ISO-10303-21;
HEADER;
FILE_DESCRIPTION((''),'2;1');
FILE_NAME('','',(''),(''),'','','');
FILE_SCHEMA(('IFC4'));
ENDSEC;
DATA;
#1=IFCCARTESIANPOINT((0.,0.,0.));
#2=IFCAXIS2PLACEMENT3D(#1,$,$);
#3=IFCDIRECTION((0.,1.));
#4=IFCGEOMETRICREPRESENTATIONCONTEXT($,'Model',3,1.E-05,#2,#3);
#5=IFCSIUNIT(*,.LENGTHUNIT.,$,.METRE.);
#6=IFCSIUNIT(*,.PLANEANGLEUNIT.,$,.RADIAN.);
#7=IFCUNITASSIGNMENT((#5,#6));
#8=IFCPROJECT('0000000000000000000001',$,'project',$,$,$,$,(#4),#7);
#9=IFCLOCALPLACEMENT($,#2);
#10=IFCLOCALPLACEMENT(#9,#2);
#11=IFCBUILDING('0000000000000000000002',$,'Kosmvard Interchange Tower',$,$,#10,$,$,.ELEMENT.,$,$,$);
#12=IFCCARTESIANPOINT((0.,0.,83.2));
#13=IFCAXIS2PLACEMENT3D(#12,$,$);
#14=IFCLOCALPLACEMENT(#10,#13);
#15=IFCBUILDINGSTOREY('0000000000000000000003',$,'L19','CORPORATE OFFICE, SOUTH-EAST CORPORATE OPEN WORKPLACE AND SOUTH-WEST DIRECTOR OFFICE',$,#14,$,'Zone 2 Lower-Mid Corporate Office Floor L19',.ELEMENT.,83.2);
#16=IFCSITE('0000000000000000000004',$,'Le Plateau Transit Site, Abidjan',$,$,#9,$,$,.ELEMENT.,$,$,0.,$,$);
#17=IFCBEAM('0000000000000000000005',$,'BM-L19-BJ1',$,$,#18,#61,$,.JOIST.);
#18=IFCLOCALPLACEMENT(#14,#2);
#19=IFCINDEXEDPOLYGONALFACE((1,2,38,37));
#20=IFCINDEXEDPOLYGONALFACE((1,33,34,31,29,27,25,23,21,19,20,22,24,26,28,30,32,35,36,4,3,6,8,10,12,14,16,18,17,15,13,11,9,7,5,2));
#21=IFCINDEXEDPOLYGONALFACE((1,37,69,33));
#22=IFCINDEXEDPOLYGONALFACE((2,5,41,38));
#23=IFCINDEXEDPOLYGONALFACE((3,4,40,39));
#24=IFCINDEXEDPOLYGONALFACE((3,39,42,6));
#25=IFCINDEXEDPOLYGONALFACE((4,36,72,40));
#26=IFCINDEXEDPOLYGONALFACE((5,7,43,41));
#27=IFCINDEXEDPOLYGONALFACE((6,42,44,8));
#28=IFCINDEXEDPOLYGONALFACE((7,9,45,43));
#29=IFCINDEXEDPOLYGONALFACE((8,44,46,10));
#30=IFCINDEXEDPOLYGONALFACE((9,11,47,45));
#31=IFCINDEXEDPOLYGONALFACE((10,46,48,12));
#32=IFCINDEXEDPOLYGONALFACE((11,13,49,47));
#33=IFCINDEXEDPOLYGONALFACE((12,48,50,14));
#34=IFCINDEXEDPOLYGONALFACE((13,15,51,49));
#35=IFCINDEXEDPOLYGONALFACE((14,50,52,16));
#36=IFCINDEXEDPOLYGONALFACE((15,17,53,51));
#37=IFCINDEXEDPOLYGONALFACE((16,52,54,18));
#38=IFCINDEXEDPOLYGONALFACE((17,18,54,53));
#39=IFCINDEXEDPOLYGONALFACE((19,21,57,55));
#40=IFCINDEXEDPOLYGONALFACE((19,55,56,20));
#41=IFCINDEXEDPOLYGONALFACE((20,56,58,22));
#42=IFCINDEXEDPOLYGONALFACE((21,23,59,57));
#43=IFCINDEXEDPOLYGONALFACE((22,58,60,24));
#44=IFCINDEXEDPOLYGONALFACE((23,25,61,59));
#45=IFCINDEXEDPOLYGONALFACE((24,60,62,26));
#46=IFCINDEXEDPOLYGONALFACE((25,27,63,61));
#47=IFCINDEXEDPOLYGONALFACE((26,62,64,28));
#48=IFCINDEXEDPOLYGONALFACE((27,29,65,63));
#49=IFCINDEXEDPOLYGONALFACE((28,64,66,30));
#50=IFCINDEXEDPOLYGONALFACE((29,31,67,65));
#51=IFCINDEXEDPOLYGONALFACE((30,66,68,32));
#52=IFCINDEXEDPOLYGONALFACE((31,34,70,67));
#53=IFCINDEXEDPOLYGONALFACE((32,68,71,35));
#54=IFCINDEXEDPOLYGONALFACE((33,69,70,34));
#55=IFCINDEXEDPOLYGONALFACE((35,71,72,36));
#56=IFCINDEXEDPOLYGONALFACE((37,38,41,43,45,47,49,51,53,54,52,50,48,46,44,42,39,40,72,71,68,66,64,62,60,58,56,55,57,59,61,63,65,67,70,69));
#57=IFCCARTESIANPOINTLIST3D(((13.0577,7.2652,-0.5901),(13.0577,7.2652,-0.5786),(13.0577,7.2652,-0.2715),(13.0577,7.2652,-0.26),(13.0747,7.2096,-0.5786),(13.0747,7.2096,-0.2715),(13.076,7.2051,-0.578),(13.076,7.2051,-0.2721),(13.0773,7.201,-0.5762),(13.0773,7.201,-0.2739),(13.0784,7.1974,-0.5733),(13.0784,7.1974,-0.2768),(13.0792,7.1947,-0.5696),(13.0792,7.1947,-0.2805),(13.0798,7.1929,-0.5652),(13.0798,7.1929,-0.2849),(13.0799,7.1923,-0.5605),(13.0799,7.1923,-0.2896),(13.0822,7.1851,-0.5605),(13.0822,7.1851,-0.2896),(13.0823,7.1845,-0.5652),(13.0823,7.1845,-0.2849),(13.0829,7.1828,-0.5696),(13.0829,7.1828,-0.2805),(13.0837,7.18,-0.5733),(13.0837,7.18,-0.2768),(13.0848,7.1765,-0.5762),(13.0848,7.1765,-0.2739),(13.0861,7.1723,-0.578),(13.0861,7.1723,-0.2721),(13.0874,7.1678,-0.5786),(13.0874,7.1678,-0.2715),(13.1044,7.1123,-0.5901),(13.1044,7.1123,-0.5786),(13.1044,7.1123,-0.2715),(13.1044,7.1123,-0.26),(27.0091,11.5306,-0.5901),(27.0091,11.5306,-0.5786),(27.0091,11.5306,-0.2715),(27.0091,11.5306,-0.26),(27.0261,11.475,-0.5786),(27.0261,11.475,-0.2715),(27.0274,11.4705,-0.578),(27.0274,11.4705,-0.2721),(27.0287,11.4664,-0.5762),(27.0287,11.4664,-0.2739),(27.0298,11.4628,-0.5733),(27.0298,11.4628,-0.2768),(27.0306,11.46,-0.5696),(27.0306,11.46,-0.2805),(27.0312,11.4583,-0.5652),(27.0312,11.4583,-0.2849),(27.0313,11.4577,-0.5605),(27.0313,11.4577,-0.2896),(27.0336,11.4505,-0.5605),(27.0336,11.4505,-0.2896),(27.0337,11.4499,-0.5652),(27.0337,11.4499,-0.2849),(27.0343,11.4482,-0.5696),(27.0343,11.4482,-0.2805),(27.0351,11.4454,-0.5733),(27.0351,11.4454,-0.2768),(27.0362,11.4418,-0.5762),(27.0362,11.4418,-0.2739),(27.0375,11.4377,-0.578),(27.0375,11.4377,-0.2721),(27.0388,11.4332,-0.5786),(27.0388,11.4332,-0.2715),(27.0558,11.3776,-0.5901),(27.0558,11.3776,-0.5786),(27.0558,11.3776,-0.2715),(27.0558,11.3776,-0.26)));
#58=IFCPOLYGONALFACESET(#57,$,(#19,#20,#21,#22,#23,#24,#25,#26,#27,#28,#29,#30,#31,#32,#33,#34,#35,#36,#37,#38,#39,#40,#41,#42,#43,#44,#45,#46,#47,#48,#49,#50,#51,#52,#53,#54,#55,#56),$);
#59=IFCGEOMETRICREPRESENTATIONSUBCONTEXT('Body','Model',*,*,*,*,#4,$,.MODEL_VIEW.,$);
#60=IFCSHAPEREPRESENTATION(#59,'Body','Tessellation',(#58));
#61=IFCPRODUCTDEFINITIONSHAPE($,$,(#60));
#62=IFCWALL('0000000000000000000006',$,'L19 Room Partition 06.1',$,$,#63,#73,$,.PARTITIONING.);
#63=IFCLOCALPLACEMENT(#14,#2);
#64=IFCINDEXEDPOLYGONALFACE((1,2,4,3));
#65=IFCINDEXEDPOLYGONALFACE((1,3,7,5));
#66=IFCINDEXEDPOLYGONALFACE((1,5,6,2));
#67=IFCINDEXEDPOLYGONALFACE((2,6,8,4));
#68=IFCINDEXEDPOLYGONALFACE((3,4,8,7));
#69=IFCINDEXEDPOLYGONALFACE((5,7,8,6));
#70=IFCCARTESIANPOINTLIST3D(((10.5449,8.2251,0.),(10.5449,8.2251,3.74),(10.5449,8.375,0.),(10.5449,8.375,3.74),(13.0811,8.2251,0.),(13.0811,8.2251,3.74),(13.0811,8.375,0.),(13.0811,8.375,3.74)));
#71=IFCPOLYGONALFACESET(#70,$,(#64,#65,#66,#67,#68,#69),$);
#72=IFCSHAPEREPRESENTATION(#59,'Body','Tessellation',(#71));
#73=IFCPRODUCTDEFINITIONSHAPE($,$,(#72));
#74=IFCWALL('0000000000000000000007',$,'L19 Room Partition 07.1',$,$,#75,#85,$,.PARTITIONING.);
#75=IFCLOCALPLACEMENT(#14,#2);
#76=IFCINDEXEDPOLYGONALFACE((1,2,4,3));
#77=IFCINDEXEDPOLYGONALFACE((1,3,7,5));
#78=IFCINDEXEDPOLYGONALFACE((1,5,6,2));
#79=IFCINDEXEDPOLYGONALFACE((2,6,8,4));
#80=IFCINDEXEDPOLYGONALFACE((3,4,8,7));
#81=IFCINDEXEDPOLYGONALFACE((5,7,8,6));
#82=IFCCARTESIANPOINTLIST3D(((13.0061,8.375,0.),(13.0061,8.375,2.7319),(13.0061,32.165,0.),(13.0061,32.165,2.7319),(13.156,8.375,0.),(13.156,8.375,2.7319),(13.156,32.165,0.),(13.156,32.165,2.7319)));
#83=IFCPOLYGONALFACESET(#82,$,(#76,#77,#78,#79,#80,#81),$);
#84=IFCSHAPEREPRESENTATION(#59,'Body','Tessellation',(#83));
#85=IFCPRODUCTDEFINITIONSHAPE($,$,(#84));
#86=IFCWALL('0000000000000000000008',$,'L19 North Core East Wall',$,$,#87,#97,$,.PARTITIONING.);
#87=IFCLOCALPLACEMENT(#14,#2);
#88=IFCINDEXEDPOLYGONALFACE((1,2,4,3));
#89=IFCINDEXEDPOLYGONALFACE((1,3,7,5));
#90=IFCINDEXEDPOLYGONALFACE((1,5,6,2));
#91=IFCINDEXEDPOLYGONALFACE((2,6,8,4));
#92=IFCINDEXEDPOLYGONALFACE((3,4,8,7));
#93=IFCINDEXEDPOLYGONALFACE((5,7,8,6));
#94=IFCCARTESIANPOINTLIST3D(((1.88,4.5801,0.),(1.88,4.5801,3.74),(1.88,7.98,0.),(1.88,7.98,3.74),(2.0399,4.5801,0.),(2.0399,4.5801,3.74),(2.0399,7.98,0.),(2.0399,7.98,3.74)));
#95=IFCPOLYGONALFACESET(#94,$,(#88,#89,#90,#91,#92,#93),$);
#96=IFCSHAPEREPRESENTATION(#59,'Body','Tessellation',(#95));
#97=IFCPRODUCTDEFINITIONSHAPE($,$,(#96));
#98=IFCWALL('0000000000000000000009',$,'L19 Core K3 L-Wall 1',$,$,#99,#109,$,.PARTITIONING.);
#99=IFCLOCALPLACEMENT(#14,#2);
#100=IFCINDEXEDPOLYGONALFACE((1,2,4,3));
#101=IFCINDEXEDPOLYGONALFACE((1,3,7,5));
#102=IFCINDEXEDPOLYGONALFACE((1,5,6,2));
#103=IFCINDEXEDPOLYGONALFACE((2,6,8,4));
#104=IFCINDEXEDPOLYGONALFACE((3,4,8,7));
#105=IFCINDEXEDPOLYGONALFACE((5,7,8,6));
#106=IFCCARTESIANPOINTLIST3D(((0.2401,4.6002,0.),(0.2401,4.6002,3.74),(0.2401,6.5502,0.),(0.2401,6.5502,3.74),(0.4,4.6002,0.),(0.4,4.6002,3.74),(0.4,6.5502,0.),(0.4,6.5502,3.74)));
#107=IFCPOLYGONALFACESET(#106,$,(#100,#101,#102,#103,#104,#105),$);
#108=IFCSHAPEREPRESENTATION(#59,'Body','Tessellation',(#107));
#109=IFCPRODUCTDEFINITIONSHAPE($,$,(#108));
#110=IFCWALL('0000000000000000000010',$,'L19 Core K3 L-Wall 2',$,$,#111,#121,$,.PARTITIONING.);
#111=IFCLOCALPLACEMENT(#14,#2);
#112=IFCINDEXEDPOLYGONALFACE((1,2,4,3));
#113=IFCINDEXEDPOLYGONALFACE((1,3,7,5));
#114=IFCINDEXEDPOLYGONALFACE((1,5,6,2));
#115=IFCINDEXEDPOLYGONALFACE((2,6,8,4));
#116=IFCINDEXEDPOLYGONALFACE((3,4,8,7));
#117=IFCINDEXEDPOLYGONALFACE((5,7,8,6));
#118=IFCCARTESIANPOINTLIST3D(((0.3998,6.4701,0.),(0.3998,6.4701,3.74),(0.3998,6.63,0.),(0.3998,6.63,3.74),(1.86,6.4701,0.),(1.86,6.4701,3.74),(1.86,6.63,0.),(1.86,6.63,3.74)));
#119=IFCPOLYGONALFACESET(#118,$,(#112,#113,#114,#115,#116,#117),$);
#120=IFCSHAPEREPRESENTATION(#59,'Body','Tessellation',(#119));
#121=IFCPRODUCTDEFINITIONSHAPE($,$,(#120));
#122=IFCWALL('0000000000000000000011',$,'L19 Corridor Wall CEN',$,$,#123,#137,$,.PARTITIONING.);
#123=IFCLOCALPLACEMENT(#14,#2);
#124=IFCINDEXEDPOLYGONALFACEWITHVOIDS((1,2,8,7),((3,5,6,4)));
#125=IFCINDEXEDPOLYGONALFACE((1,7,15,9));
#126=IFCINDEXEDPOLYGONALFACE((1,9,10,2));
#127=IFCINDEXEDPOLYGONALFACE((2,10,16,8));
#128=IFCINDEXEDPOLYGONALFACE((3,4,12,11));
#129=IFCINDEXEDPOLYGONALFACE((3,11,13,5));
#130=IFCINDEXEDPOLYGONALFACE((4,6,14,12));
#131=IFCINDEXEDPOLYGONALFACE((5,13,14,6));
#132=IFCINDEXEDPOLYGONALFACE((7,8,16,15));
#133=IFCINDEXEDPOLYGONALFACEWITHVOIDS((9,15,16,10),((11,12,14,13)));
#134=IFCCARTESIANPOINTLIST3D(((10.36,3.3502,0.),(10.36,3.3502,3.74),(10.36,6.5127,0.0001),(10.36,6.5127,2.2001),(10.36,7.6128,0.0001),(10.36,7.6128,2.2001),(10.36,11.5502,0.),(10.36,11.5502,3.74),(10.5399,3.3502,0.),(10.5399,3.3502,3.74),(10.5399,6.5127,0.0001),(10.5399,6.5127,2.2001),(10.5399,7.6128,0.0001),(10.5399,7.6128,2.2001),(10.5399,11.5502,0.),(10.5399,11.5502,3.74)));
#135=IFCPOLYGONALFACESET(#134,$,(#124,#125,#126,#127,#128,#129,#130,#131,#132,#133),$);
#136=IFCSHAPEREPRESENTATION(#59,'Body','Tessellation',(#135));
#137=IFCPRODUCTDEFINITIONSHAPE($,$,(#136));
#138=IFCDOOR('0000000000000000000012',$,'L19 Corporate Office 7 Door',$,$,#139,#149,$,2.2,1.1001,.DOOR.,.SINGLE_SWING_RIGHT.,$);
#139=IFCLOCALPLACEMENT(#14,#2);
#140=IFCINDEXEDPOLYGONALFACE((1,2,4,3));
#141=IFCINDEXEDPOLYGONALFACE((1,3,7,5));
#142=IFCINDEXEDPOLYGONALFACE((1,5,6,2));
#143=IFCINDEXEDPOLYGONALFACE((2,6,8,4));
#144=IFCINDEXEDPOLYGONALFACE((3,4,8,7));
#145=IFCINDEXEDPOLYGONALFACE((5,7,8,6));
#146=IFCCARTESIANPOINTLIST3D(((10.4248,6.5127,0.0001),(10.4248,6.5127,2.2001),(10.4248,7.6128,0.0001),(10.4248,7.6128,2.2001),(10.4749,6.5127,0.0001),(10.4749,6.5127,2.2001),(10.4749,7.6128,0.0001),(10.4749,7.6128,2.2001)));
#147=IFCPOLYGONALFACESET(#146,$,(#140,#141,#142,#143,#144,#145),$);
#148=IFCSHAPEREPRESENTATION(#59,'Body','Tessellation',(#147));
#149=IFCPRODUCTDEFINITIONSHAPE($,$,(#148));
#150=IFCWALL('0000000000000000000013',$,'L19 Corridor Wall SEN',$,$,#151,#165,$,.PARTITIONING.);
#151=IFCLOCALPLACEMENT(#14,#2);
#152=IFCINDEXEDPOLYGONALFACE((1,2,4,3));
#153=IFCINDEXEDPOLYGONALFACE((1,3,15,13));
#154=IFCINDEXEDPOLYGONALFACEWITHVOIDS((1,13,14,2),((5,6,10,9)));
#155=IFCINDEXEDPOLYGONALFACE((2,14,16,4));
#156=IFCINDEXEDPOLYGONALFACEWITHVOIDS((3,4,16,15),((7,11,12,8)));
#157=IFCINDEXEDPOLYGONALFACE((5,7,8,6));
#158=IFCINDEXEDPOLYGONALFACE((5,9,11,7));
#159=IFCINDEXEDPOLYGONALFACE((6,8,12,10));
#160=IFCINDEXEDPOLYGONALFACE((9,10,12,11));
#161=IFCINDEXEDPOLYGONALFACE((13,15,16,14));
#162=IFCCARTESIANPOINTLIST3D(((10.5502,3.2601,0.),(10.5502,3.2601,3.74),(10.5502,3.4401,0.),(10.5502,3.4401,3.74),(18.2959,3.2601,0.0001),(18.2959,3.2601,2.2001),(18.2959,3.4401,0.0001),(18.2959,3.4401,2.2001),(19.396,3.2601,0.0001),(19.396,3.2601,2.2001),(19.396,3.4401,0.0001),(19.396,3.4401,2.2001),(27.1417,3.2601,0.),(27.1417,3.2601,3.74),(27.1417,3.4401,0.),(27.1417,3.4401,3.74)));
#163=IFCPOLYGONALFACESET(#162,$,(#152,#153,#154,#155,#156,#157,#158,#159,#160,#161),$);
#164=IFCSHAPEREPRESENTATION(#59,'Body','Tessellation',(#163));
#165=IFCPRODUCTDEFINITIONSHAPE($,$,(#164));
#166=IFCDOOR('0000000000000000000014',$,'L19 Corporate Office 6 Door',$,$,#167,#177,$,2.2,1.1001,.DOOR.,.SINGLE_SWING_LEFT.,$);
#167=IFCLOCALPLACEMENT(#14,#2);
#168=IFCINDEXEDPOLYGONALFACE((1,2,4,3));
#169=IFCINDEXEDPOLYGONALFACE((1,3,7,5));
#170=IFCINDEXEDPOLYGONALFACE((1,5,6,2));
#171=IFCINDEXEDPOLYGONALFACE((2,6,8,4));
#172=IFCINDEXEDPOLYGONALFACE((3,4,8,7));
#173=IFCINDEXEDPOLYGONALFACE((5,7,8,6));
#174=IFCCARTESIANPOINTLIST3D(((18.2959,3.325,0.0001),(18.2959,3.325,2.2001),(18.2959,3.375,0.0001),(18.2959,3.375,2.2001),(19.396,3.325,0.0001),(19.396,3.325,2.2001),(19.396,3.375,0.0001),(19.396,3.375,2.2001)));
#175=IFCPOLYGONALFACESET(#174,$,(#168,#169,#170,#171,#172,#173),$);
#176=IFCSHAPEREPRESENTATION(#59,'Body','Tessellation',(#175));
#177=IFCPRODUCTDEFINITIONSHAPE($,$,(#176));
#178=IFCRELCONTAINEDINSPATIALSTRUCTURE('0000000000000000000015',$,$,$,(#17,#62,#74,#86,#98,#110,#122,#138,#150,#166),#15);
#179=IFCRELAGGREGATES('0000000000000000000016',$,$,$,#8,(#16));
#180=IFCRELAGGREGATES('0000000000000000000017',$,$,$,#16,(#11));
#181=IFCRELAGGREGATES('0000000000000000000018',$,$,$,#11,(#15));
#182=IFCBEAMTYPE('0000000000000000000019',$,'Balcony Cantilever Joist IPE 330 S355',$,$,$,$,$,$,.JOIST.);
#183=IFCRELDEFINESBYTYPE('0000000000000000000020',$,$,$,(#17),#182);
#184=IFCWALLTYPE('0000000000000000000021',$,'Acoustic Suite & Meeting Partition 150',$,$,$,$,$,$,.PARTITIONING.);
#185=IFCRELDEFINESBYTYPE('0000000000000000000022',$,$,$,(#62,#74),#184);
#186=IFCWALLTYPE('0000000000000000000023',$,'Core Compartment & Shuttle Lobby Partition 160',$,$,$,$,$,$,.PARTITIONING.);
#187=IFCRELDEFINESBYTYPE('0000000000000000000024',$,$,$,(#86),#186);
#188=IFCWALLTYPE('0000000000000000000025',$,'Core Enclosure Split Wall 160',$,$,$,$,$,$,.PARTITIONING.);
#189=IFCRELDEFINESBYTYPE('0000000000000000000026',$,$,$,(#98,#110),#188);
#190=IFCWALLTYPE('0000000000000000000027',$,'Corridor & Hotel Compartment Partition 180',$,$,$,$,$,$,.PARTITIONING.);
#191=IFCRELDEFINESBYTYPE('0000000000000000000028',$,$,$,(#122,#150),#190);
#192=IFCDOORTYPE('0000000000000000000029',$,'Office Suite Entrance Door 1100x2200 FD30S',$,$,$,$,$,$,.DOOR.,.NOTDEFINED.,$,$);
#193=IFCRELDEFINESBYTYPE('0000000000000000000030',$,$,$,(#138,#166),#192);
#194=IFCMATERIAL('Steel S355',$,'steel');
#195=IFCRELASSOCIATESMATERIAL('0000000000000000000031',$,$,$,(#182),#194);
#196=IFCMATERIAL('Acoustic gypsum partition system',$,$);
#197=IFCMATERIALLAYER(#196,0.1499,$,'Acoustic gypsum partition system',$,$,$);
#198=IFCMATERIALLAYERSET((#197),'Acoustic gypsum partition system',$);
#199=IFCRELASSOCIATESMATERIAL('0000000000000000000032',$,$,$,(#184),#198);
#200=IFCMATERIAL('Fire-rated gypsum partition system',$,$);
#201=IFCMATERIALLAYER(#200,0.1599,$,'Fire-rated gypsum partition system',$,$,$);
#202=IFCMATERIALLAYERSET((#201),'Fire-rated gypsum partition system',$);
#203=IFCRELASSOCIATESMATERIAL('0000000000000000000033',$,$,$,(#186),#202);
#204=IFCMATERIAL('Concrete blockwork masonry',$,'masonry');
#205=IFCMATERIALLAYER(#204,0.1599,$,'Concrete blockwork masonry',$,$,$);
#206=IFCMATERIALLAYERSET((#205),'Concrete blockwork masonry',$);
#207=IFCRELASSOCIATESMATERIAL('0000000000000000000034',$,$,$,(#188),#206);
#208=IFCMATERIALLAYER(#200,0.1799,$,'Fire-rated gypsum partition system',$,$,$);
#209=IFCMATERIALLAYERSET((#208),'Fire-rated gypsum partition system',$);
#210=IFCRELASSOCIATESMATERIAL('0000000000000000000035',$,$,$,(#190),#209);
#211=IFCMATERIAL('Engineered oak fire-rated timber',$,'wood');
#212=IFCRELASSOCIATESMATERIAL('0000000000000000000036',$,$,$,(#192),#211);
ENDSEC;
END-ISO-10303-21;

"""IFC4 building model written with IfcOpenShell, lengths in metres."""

from ifc_helpers import new_model, si_unit, direction, frame, frame_2d, origin, origin_2d, place, context, subcontext, project, spatial, rectangle, i_section, extrude, source, transform, mapped, material, layer, layer_set, material_profile, profile_set, type_object, element, fill, save


model = new_model("IFC4")

# Units and contexts
model_context = context("Model", 3, precision=1e-05, world=origin(), true_north=direction((0.0, 1.0)))
body_context = subcontext(model_context, "Body", "Model", "MODEL_VIEW")
ifc_project = project(units=[si_unit("LENGTHUNIT", "METRE"), si_unit("PLANEANGLEUNIT", "RADIAN")], contexts=[model_context])

# Site, building, storey
site_placement = place(None, origin())
site = spatial("IfcSite", under=ifc_project, at=site_placement, Name="Le Plateau Transit Site, Abidjan", CompositionType="ELEMENT", RefElevation=0.0)
building_placement = place(site_placement, origin())
building = spatial("IfcBuilding", under=site, at=building_placement, Name="Kosmvard Interchange Tower", CompositionType="ELEMENT")
storey_placement = place(building_placement, frame((0.0, 0.0, 83.2)))
storey = spatial("IfcBuildingStorey", under=building, at=storey_placement, Name="L19", Description="CORPORATE OFFICE, SOUTH-EAST CORPORATE OPEN WORKPLACE AND SOUTH-WEST DIRECTOR OFFICE", LongName="Zone 2 Lower-Mid Corporate Office Floor L19", CompositionType="ELEMENT", Elevation=83.2)

# Beam
ifc_material_1 = material(Name="Steel S355", Category="steel")
ifc_material_profile_1 = material_profile(ifc_material_1, i_section(OverallWidth=0.1599, OverallDepth=0.3301, WebThickness=0.0076, FlangeThickness=0.0115, FilletRadius=0.0181, at=origin_2d()), Name="IPE 330")
ifc_profile_set_1 = profile_set([ifc_material_profile_1], Name="Steel S355")
beam_type_1 = type_object("IfcBeamType", Name="Balcony Cantilever Joist IPE 330 S355", PredefinedType="JOIST", material=ifc_profile_set_1)
shared_shape_1 = source(origin(), body_context, "Body", "SweptSolid", [
    extrude(i_section(OverallWidth=0.1599, OverallDepth=0.3301, WebThickness=0.0076, FlangeThickness=0.0115, FilletRadius=0.0181, at=origin_2d()), origin(), (0.0, 0.0, 1.0), 14.5889),
])
beam_1_placement = place(storey_placement, frame((13.0811, 7.1887, -0.425), z_axis=(0.956305, 0.292372, 0.0), x_axis=(-0.292372, 0.956305, 0.0)))
element("IfcBeam", 1, at=beam_1_placement, inside=storey, type_object=beam_type_1, Name="BM-L19-BJ1", PredefinedType="JOIST", context=body_context, shape_type="MappedRepresentation", body=[
    mapped(shared_shape_1, transform((0.0, 0.0, 0.0), scale=1.0)),
])

# Walls
ifc_material_2 = material(Name="Acoustic gypsum partition system")
ifc_layer_1 = layer(ifc_material_2, 0.1499, Name="Acoustic gypsum partition system")
ifc_layer_set_1 = layer_set([ifc_layer_1], Name="Acoustic gypsum partition system")
wall_type_1 = type_object("IfcWallType", Name="Acoustic Suite & Meeting Partition 150", PredefinedType="PARTITIONING", material=ifc_layer_set_1)
wall_1_placement = place(storey_placement, frame((10.5449, 8.3, 0.0), z_axis=(0.0, 0.0, 1.0), x_axis=(1.0, 0.0, 0.0)))
element("IfcWall", 2, at=wall_1_placement, inside=storey, type_object=wall_type_1, Name="L19 Room Partition 06.1", PredefinedType="PARTITIONING", context=body_context, shape_type="SweptSolid", body=[
    extrude(rectangle(XDim=2.5361, YDim=0.1499, at=frame_2d((1.2681, 0.0))), origin(), (0.0, 0.0, 1.0), 3.74),
])
wall_2_placement = place(storey_placement, frame((13.0811, 8.375, 0.0), z_axis=(0.0, 0.0, 1.0), x_axis=(0.0, 1.0, 0.0)))
element("IfcWall", 3, at=wall_2_placement, inside=storey, type_object=wall_type_1, Name="L19 Room Partition 07.1", PredefinedType="PARTITIONING", context=body_context, shape_type="SweptSolid", body=[
    extrude(rectangle(XDim=23.79, YDim=0.1499, at=frame_2d((11.895, 0.0))), origin(), (0.0, 0.0, 1.0), 2.7319),
])
ifc_material_3 = material(Name="Fire-rated gypsum partition system")
ifc_layer_2 = layer(ifc_material_3, 0.1599, Name="Fire-rated gypsum partition system")
ifc_layer_set_2 = layer_set([ifc_layer_2], Name="Fire-rated gypsum partition system")
wall_type_2 = type_object("IfcWallType", Name="Core Compartment & Shuttle Lobby Partition 160", PredefinedType="PARTITIONING", material=ifc_layer_set_2)
wall_3_placement = place(storey_placement, frame((1.96, 4.5801, 0.0), z_axis=(0.0, 0.0, 1.0), x_axis=(0.0, 1.0, 0.0)))
element("IfcWall", 4, at=wall_3_placement, inside=storey, type_object=wall_type_2, Name="L19 North Core East Wall", PredefinedType="PARTITIONING", context=body_context, shape_type="SweptSolid", body=[
    extrude(rectangle(XDim=3.3999, YDim=0.1599, at=frame_2d((1.7, 0.0))), origin(), (0.0, 0.0, 1.0), 3.74),
])
ifc_material_4 = material(Name="Concrete blockwork masonry", Category="masonry")
ifc_layer_3 = layer(ifc_material_4, 0.1599, Name="Concrete blockwork masonry")
ifc_layer_set_3 = layer_set([ifc_layer_3], Name="Concrete blockwork masonry")
wall_type_3 = type_object("IfcWallType", Name="Core Enclosure Split Wall 160", PredefinedType="PARTITIONING", material=ifc_layer_set_3)
wall_4_placement = place(storey_placement, frame((0.3201, 4.6001, 0.0), z_axis=(0.0, 0.0, 1.0), x_axis=(0.0, 1.0, 0.0)))
element("IfcWall", 5, at=wall_4_placement, inside=storey, type_object=wall_type_3, Name="L19 Core K3 L-Wall 1", PredefinedType="PARTITIONING", context=body_context, shape_type="SweptSolid", body=[
    extrude(rectangle(XDim=1.95, YDim=0.1599, at=frame_2d((0.9751, 0.0))), origin(), (0.0, 0.0, 1.0), 3.74),
])
wall_5_placement = place(storey_placement, frame((0.3999, 6.55, 0.0), z_axis=(0.0, 0.0, 1.0), x_axis=(1.0, 0.0, 0.0)))
element("IfcWall", 6, at=wall_5_placement, inside=storey, type_object=wall_type_3, Name="L19 Core K3 L-Wall 2", PredefinedType="PARTITIONING", context=body_context, shape_type="SweptSolid", body=[
    extrude(rectangle(XDim=1.4602, YDim=0.1599, at=frame_2d((0.73, 0.0))), origin(), (0.0, 0.0, 1.0), 3.74),
])

# Walls, openings, doors
ifc_layer_4 = layer(ifc_material_3, 0.1799, Name="Fire-rated gypsum partition system")
ifc_layer_set_4 = layer_set([ifc_layer_4], Name="Fire-rated gypsum partition system")
wall_type_4 = type_object("IfcWallType", Name="Corridor & Hotel Compartment Partition 180", PredefinedType="PARTITIONING", material=ifc_layer_set_4)
wall_6_placement = place(storey_placement, frame((10.45, 3.3501, 0.0), z_axis=(0.0, 0.0, 1.0), x_axis=(0.0, 1.0, 0.0)))
wall_6 = element("IfcWall", 7, at=wall_6_placement, inside=storey, type_object=wall_type_4, Name="L19 Corridor Wall CEN", PredefinedType="PARTITIONING", context=body_context, shape_type="SweptSolid", body=[
    extrude(rectangle(XDim=8.2, YDim=0.1799, at=frame_2d((4.1001, 0.0))), origin(), (0.0, 0.0, 1.0), 3.74),
])
opening_1_placement = place(wall_6_placement, frame((3.1626, 0.0, 0.0)))
opening_1 = element("IfcOpeningElement", 8, at=opening_1_placement, cuts=wall_6, PredefinedType="OPENING", context=body_context, shape_type="SweptSolid", body=[
    extrude(rectangle(XDim=1.1001, YDim=2.2, at=frame_2d((0.55, 1.1001))), frame((0.0, 0.1001, 0.0), z_axis=(0.0, -1.0, 0.0), x_axis=(1.0, 0.0, 0.0)), (0.0, 0.0, 1.0), 0.2),
])
ifc_material_5 = material(Name="Engineered oak fire-rated timber", Category="wood")
door_type = type_object("IfcDoorType", Name="Office Suite Entrance Door 1100x2200 FD30S", OperationType="NOTDEFINED", PredefinedType="DOOR", material=ifc_material_5)
shared_shape_2 = source(origin(), body_context, "Body", "SweptSolid", [
    extrude(rectangle(XDim=1.1001, YDim=2.2, at=frame_2d((0.55, 1.1001))), frame((0.0, 0.0249, 0.0), z_axis=(0.0, -1.0, 0.0), x_axis=(1.0, 0.0, 0.0)), (0.0, 0.0, 1.0), 0.05),
])
door_1_placement = place(opening_1_placement, frame((1.1001, 0.0, 0.0), z_axis=(0.0, 0.0, 1.0), x_axis=(-1.0, 0.0, 0.0)))
door_1 = element("IfcDoor", 9, at=door_1_placement, inside=storey, type_object=door_type, Name="L19 Corporate Office 7 Door", OperationType="SINGLE_SWING_RIGHT", OverallHeight=2.2, OverallWidth=1.1001, PredefinedType="DOOR", context=body_context, shape_type="MappedRepresentation", body=[
    mapped(shared_shape_2, transform((0.0, 0.0, 0.0), scale=1.0)),
])
fill(opening_1, door_1)
wall_7_placement = place(storey_placement, frame((10.55, 3.3501, 0.0), z_axis=(0.0, 0.0, 1.0), x_axis=(1.0, 0.0, 0.0)))
wall_7 = element("IfcWall", 10, at=wall_7_placement, inside=storey, type_object=wall_type_4, Name="L19 Corridor Wall SEN", PredefinedType="PARTITIONING", context=body_context, shape_type="SweptSolid", body=[
    extrude(rectangle(XDim=16.5916, YDim=0.1799, at=frame_2d((8.2959, 0.0))), origin(), (0.0, 0.0, 1.0), 3.74),
])
opening_2_placement = place(wall_7_placement, frame((7.7458, 0.0, 0.0)))
opening_2 = element("IfcOpeningElement", 11, at=opening_2_placement, cuts=wall_7, PredefinedType="OPENING", context=body_context, shape_type="SweptSolid", body=[
    extrude(rectangle(XDim=1.1001, YDim=2.2, at=frame_2d((0.55, 1.1001))), frame((0.0, 0.1001, 0.0), z_axis=(0.0, -1.0, 0.0), x_axis=(1.0, 0.0, 0.0)), (0.0, 0.0, 1.0), 0.2),
])
door_2_placement = place(opening_2_placement, origin())
door_2 = element("IfcDoor", 12, at=door_2_placement, inside=storey, type_object=door_type, Name="L19 Corporate Office 6 Door", OperationType="SINGLE_SWING_LEFT", OverallHeight=2.2, OverallWidth=1.1001, PredefinedType="DOOR", context=body_context, shape_type="MappedRepresentation", body=[
    mapped(shared_shape_2, transform((0.0, 0.0, 0.0), scale=1.0)),
])
fill(opening_2, door_2)

save(model, "model.ifc")
